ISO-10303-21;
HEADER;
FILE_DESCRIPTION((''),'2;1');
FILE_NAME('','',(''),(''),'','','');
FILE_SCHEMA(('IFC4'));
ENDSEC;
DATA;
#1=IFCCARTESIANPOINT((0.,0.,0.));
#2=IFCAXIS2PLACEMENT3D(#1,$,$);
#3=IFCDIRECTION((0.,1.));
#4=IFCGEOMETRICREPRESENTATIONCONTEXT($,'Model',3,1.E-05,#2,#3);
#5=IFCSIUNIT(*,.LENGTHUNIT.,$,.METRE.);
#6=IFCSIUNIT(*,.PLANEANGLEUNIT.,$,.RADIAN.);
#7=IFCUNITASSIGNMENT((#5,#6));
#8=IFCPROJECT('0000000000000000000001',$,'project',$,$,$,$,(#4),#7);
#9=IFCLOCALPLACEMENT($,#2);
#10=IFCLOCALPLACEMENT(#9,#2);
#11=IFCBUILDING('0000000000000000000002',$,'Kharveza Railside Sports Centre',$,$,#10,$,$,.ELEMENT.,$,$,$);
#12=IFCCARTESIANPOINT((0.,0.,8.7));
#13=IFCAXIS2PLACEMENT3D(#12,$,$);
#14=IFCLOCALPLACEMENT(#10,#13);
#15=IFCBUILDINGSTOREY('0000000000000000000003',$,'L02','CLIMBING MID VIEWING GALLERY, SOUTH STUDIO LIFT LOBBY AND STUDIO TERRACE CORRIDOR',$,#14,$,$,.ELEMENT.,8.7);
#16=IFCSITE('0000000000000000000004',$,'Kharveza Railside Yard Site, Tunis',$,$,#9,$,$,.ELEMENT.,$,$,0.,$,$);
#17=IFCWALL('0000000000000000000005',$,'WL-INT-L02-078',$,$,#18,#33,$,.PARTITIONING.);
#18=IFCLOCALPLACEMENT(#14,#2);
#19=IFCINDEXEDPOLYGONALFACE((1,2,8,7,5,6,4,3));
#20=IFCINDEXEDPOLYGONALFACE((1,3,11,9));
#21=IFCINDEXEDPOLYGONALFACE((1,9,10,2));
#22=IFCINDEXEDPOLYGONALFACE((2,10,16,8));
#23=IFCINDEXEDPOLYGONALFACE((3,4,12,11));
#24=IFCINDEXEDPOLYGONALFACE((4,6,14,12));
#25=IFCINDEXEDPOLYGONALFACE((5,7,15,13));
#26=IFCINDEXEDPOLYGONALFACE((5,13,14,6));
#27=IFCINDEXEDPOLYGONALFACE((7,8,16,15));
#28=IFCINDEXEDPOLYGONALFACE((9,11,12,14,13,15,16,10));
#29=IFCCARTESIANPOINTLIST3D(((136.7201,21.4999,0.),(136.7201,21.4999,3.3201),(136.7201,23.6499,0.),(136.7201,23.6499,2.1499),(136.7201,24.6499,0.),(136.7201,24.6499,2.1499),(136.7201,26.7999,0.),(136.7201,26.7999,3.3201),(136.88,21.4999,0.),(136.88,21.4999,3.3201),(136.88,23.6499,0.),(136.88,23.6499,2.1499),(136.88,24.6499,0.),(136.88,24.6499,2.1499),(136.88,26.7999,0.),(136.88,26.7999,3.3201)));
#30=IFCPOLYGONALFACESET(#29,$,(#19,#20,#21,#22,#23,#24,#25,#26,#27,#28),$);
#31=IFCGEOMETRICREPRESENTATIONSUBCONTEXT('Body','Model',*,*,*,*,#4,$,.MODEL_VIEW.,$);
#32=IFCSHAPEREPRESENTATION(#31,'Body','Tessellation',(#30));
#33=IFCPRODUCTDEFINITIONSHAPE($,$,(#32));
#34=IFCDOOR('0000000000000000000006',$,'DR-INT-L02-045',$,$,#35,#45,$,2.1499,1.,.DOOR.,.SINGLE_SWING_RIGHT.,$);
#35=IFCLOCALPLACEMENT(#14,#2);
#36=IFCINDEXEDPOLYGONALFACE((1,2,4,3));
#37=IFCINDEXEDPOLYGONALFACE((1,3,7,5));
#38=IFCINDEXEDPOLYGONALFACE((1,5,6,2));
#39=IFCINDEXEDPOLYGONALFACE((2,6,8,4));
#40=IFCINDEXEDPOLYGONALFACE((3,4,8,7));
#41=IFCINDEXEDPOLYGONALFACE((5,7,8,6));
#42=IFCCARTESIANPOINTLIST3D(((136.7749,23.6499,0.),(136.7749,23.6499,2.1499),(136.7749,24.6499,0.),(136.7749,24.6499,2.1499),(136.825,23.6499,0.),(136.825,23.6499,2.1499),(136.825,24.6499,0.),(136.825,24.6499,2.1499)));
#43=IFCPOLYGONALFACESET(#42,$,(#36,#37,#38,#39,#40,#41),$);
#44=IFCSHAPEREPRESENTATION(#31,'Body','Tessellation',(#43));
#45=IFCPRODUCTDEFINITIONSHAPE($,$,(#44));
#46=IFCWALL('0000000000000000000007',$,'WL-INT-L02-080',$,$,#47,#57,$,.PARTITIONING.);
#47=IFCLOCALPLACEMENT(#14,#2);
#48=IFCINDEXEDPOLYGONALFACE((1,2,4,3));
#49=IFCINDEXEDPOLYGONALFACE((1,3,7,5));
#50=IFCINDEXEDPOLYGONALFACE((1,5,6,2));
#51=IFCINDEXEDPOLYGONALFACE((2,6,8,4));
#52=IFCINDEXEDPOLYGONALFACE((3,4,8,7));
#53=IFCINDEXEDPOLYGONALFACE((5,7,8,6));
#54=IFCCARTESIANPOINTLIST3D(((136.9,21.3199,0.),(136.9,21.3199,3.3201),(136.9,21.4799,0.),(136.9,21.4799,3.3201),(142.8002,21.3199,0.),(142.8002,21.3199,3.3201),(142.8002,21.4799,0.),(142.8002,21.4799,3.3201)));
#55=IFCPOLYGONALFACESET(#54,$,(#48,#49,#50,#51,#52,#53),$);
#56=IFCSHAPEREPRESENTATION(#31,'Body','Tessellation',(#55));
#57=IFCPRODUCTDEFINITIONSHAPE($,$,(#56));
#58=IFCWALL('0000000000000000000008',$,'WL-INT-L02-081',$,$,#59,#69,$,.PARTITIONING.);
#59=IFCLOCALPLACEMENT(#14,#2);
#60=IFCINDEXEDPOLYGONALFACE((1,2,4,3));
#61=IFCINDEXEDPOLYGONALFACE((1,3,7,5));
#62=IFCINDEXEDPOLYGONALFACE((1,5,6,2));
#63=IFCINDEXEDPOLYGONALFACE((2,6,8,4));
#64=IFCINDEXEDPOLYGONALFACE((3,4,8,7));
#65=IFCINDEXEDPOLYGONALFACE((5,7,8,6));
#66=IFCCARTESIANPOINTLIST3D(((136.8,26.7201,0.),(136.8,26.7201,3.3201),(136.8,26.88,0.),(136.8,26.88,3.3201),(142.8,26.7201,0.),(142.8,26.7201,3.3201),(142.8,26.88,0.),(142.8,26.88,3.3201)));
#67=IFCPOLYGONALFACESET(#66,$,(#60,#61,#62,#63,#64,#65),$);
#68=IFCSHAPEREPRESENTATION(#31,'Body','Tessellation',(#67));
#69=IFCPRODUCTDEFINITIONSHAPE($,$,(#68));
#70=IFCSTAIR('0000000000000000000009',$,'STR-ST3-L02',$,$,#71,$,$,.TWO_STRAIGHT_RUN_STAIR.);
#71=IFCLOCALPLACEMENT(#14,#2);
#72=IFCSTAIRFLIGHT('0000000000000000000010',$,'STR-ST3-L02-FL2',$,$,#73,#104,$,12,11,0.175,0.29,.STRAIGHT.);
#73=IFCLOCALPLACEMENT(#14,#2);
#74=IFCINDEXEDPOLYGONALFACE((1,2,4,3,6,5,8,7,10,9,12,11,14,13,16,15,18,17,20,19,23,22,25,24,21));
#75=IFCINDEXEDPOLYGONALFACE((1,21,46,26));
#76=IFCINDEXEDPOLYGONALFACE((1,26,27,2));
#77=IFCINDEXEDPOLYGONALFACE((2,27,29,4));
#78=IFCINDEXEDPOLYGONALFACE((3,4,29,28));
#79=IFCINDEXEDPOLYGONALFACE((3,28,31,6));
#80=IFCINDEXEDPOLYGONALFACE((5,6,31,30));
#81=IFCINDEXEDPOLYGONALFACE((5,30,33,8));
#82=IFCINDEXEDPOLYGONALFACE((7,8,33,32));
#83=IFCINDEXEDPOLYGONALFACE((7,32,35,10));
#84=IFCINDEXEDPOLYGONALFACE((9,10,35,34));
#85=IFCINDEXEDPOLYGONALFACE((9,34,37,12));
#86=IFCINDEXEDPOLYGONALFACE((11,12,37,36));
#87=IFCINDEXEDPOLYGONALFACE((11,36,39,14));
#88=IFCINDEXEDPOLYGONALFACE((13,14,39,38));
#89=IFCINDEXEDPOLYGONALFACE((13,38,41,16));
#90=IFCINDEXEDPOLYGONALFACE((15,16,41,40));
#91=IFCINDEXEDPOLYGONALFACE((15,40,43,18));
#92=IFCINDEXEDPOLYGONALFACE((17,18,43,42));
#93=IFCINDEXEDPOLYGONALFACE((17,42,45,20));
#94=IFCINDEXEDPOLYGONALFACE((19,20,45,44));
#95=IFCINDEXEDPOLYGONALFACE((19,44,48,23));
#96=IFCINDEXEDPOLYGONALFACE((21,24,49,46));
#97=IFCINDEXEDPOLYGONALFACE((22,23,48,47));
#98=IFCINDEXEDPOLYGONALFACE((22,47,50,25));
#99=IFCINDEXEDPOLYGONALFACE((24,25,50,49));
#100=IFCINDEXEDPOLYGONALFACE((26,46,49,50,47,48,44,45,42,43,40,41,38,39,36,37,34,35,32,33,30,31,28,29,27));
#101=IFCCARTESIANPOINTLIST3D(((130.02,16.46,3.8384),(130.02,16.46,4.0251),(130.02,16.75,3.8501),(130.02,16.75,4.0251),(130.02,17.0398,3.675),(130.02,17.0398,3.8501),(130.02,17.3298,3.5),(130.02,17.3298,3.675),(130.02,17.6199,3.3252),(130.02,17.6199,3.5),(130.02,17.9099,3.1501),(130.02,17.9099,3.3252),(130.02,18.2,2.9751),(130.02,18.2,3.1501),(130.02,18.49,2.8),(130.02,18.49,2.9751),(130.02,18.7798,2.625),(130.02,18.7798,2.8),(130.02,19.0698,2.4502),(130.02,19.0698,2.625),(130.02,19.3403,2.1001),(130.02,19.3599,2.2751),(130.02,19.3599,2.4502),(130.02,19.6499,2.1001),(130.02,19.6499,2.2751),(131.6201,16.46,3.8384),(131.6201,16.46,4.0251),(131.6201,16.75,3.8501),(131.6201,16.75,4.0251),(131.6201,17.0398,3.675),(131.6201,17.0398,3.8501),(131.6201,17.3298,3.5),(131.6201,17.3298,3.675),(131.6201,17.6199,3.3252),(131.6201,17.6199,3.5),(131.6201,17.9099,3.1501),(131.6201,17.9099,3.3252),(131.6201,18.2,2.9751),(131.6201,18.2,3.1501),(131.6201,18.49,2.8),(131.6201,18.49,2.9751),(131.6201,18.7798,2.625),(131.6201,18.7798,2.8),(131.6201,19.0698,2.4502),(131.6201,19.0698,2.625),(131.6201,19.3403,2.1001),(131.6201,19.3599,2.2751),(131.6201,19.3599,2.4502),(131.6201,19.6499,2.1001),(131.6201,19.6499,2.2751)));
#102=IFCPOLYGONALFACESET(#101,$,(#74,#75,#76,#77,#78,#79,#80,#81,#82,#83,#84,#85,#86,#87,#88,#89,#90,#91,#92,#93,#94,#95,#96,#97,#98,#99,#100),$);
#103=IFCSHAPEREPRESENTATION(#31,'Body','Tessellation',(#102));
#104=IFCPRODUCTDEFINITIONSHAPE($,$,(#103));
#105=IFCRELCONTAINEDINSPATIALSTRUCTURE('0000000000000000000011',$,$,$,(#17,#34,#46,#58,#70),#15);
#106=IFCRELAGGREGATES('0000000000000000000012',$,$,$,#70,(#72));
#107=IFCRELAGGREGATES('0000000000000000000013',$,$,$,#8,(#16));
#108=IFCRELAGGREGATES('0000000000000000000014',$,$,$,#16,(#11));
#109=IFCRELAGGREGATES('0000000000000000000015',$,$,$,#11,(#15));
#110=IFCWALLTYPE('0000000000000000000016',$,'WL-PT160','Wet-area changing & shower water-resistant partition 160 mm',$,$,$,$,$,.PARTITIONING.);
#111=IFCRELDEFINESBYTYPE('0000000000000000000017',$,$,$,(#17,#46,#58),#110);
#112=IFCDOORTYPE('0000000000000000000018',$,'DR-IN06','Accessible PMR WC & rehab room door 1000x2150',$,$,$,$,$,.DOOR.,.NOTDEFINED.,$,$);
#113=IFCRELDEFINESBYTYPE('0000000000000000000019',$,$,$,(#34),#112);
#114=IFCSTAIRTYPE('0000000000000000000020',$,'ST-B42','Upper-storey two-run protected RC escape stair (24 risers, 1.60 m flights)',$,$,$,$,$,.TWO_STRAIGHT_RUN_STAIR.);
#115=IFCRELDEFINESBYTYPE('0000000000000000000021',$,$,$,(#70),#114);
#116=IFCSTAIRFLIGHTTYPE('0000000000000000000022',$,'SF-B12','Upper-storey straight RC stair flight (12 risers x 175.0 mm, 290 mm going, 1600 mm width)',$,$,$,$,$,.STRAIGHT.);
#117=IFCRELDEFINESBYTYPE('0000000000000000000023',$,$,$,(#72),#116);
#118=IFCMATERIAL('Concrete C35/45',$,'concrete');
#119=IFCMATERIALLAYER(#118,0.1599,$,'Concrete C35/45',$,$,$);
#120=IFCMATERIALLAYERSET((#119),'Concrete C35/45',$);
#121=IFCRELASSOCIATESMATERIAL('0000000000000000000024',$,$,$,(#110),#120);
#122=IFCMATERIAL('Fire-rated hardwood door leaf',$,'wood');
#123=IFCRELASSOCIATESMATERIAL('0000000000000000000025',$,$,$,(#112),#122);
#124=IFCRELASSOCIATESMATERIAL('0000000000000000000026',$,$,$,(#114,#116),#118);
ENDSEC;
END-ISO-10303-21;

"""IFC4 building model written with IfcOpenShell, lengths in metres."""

from ifc_helpers import new_model, si_unit, direction, frame, frame_2d, origin, place, context, subcontext, project, spatial, polyline, rectangle, outline, extrude, material, layer, layer_set, type_object, element, fill, aggregate, save


model = new_model("IFC4")

# Units and contexts
model_context = context("Model", 3, precision=1e-05, world=origin(), true_north=direction((0.0, 1.0)))
body_context = subcontext(model_context, "Body", "Model", "MODEL_VIEW")
ifc_project = project(units=[si_unit("LENGTHUNIT", "METRE"), si_unit("PLANEANGLEUNIT", "RADIAN")], contexts=[model_context])

# Site, building, storey
site_placement = place(None, origin())
site = spatial("IfcSite", under=ifc_project, at=site_placement, Name="Kharveza Railside Yard Site, Tunis", CompositionType="ELEMENT", RefElevation=0.0)
building_placement = place(site_placement, origin())
building = spatial("IfcBuilding", under=site, at=building_placement, Name="Kharveza Railside Sports Centre", CompositionType="ELEMENT")
storey_placement = place(building_placement, frame((0.0, 0.0, 8.7)))
storey = spatial("IfcBuildingStorey", under=building, at=storey_placement, Name="L02", Description="CLIMBING MID VIEWING GALLERY, SOUTH STUDIO LIFT LOBBY AND STUDIO TERRACE CORRIDOR", CompositionType="ELEMENT", Elevation=8.7)

# Shared definitions
ifc_material_1 = material(Name="Concrete C35/45", Category="concrete")

# Wall, opening, door
ifc_layer_1 = layer(ifc_material_1, 0.1599, Name="Concrete C35/45")
ifc_layer_set_1 = layer_set([ifc_layer_1], Name="Concrete C35/45")
wall_type_1 = type_object("IfcWallType", Name="WL-PT160", Description="Wet-area changing & shower water-resistant partition 160 mm", PredefinedType="PARTITIONING", material=ifc_layer_set_1)
wall_1_placement = place(storey_placement, frame((136.8, 21.5, 0.0), z_axis=(0.0, 0.0, 1.0), x_axis=(0.0, 1.0, 0.0)))
wall_1 = element("IfcWall", 1, at=wall_1_placement, inside=storey, type_object=wall_type_1, Name="WL-INT-L02-078", PredefinedType="PARTITIONING", context=body_context, shape_type="SweptSolid", body=[
    extrude(rectangle(XDim=5.3, YDim=0.1599, at=frame_2d((2.6499, 0.0))), origin(), (0.0, 0.0, 1.0), 3.3201),
])
opening_1_placement = place(wall_1_placement, frame((2.1499, 0.0, 0.0)))
opening_1 = element("IfcOpeningElement", 2, at=opening_1_placement, cuts=wall_1, PredefinedType="OPENING", context=body_context, shape_type="SweptSolid", body=[
    extrude(rectangle(XDim=1.0, YDim=2.1499, at=frame_2d((0.5, 1.075))), frame((0.0, 0.105, 0.0), z_axis=(0.0, -1.0, 0.0), x_axis=(1.0, 0.0, 0.0)), (0.0, 0.0, 1.0), 0.2097),
])
ifc_material_2 = material(Name="Fire-rated hardwood door leaf", Category="wood")
door_type_1 = type_object("IfcDoorType", Name="DR-IN06", Description="Accessible PMR WC & rehab room door 1000x2150", OperationType="NOTDEFINED", PredefinedType="DOOR", material=ifc_material_2)
door_1_placement = place(opening_1_placement, frame((1.0, 0.0, 0.0), z_axis=(0.0, 0.0, 1.0), x_axis=(-1.0, 0.0, 0.0)))
door_1 = element("IfcDoor", 3, at=door_1_placement, inside=storey, type_object=door_type_1, Name="DR-INT-L02-045", OperationType="SINGLE_SWING_RIGHT", OverallHeight=2.1499, OverallWidth=1.0, PredefinedType="DOOR", context=body_context, shape_type="SweptSolid", body=[
    extrude(rectangle(XDim=1.0, YDim=2.1499, at=frame_2d((0.5, 1.075))), frame((0.0, 0.0249, 0.0), z_axis=(0.0, -1.0, 0.0), x_axis=(1.0, 0.0, 0.0)), (0.0, 0.0, 1.0), 0.05),
])
fill(opening_1, door_1)

# Walls
wall_2_placement = place(storey_placement, frame((136.8999, 21.3999, 0.0), z_axis=(0.0, 0.0, 1.0), x_axis=(1.0, 0.0, 0.0)))
element("IfcWall", 4, at=wall_2_placement, inside=storey, type_object=wall_type_1, Name="WL-INT-L02-080", PredefinedType="PARTITIONING", context=body_context, shape_type="SweptSolid", body=[
    extrude(rectangle(XDim=5.9001, YDim=0.1599, at=frame_2d((2.9502, 0.0))), origin(), (0.0, 0.0, 1.0), 3.3201),
])
wall_3_placement = place(storey_placement, frame((136.8, 26.8, 0.0), z_axis=(0.0, 0.0, 1.0), x_axis=(1.0, 0.0, 0.0)))
element("IfcWall", 5, at=wall_3_placement, inside=storey, type_object=wall_type_1, Name="WL-INT-L02-081", PredefinedType="PARTITIONING", context=body_context, shape_type="SweptSolid", body=[
    extrude(rectangle(XDim=6.0, YDim=0.1599, at=frame_2d((3.0, 0.0))), origin(), (0.0, 0.0, 1.0), 3.3201),
])

# Stair, stair flight
stair_type = type_object("IfcStairType", Name="ST-B42", Description="Upper-storey two-run protected RC escape stair (24 risers, 1.60 m flights)", PredefinedType="TWO_STRAIGHT_RUN_STAIR", material=ifc_material_1)
stair_placement = place(storey_placement, origin())
stair = element("IfcStair", 6, at=stair_placement, inside=storey, type_object=stair_type, Name="STR-ST3-L02", PredefinedType="TWO_STRAIGHT_RUN_STAIR")
stair_flight_type = type_object("IfcStairFlightType", Name="SF-B12", Description="Upper-storey straight RC stair flight (12 risers x 175.0 mm, 290 mm going, 1600 mm width)", PredefinedType="STRAIGHT", material=ifc_material_1)
stair_flight_placement = place(storey_placement, frame((130.8201, 19.6499, 2.1001), z_axis=(0.0, 0.0, 1.0), x_axis=(0.0, -1.0, 0.0)))
stair_flight = element("IfcStairFlight", 7, at=stair_flight_placement, type_object=stair_flight_type, Name="STR-ST3-L02-FL2", NumberOfRisers=12, NumberOfTreads=11, PredefinedType="STRAIGHT", RiserHeight=0.175, TreadLength=0.29, context=body_context, shape_type="SweptSolid", body=[
    extrude(outline(polyline([(0.0, 0.0), (0.0, 0.175), (0.29, 0.175), (0.29, 0.3501), (0.5801, 0.3501), (0.5801, 0.5249), (0.8701, 0.5249), (0.8701, 0.7), (1.1599, 0.7), (1.1599, 0.875), (1.45, 0.875), (1.45, 1.05), (1.74, 1.05), (1.74, 1.2251), (2.03, 1.2251), (2.03, 1.3999), (2.3201, 1.3999), (2.3201, 1.575), (2.6101, 1.575), (2.6101, 1.75), (2.8999, 1.75), (2.8999, 1.925), (3.1899, 1.925), (3.1899, 2.1001), (3.1899, 1.7383), (0.3096, 0.0), (0.0, 0.0)])), frame((0.0, 0.8, 0.0), z_axis=(0.0, -1.0, 0.0), x_axis=(1.0, 0.0, 0.0)), (0.0, 0.0, 1.0), 1.6001),
])
aggregate(stair, [stair_flight])

save(model, "model.ifc")
